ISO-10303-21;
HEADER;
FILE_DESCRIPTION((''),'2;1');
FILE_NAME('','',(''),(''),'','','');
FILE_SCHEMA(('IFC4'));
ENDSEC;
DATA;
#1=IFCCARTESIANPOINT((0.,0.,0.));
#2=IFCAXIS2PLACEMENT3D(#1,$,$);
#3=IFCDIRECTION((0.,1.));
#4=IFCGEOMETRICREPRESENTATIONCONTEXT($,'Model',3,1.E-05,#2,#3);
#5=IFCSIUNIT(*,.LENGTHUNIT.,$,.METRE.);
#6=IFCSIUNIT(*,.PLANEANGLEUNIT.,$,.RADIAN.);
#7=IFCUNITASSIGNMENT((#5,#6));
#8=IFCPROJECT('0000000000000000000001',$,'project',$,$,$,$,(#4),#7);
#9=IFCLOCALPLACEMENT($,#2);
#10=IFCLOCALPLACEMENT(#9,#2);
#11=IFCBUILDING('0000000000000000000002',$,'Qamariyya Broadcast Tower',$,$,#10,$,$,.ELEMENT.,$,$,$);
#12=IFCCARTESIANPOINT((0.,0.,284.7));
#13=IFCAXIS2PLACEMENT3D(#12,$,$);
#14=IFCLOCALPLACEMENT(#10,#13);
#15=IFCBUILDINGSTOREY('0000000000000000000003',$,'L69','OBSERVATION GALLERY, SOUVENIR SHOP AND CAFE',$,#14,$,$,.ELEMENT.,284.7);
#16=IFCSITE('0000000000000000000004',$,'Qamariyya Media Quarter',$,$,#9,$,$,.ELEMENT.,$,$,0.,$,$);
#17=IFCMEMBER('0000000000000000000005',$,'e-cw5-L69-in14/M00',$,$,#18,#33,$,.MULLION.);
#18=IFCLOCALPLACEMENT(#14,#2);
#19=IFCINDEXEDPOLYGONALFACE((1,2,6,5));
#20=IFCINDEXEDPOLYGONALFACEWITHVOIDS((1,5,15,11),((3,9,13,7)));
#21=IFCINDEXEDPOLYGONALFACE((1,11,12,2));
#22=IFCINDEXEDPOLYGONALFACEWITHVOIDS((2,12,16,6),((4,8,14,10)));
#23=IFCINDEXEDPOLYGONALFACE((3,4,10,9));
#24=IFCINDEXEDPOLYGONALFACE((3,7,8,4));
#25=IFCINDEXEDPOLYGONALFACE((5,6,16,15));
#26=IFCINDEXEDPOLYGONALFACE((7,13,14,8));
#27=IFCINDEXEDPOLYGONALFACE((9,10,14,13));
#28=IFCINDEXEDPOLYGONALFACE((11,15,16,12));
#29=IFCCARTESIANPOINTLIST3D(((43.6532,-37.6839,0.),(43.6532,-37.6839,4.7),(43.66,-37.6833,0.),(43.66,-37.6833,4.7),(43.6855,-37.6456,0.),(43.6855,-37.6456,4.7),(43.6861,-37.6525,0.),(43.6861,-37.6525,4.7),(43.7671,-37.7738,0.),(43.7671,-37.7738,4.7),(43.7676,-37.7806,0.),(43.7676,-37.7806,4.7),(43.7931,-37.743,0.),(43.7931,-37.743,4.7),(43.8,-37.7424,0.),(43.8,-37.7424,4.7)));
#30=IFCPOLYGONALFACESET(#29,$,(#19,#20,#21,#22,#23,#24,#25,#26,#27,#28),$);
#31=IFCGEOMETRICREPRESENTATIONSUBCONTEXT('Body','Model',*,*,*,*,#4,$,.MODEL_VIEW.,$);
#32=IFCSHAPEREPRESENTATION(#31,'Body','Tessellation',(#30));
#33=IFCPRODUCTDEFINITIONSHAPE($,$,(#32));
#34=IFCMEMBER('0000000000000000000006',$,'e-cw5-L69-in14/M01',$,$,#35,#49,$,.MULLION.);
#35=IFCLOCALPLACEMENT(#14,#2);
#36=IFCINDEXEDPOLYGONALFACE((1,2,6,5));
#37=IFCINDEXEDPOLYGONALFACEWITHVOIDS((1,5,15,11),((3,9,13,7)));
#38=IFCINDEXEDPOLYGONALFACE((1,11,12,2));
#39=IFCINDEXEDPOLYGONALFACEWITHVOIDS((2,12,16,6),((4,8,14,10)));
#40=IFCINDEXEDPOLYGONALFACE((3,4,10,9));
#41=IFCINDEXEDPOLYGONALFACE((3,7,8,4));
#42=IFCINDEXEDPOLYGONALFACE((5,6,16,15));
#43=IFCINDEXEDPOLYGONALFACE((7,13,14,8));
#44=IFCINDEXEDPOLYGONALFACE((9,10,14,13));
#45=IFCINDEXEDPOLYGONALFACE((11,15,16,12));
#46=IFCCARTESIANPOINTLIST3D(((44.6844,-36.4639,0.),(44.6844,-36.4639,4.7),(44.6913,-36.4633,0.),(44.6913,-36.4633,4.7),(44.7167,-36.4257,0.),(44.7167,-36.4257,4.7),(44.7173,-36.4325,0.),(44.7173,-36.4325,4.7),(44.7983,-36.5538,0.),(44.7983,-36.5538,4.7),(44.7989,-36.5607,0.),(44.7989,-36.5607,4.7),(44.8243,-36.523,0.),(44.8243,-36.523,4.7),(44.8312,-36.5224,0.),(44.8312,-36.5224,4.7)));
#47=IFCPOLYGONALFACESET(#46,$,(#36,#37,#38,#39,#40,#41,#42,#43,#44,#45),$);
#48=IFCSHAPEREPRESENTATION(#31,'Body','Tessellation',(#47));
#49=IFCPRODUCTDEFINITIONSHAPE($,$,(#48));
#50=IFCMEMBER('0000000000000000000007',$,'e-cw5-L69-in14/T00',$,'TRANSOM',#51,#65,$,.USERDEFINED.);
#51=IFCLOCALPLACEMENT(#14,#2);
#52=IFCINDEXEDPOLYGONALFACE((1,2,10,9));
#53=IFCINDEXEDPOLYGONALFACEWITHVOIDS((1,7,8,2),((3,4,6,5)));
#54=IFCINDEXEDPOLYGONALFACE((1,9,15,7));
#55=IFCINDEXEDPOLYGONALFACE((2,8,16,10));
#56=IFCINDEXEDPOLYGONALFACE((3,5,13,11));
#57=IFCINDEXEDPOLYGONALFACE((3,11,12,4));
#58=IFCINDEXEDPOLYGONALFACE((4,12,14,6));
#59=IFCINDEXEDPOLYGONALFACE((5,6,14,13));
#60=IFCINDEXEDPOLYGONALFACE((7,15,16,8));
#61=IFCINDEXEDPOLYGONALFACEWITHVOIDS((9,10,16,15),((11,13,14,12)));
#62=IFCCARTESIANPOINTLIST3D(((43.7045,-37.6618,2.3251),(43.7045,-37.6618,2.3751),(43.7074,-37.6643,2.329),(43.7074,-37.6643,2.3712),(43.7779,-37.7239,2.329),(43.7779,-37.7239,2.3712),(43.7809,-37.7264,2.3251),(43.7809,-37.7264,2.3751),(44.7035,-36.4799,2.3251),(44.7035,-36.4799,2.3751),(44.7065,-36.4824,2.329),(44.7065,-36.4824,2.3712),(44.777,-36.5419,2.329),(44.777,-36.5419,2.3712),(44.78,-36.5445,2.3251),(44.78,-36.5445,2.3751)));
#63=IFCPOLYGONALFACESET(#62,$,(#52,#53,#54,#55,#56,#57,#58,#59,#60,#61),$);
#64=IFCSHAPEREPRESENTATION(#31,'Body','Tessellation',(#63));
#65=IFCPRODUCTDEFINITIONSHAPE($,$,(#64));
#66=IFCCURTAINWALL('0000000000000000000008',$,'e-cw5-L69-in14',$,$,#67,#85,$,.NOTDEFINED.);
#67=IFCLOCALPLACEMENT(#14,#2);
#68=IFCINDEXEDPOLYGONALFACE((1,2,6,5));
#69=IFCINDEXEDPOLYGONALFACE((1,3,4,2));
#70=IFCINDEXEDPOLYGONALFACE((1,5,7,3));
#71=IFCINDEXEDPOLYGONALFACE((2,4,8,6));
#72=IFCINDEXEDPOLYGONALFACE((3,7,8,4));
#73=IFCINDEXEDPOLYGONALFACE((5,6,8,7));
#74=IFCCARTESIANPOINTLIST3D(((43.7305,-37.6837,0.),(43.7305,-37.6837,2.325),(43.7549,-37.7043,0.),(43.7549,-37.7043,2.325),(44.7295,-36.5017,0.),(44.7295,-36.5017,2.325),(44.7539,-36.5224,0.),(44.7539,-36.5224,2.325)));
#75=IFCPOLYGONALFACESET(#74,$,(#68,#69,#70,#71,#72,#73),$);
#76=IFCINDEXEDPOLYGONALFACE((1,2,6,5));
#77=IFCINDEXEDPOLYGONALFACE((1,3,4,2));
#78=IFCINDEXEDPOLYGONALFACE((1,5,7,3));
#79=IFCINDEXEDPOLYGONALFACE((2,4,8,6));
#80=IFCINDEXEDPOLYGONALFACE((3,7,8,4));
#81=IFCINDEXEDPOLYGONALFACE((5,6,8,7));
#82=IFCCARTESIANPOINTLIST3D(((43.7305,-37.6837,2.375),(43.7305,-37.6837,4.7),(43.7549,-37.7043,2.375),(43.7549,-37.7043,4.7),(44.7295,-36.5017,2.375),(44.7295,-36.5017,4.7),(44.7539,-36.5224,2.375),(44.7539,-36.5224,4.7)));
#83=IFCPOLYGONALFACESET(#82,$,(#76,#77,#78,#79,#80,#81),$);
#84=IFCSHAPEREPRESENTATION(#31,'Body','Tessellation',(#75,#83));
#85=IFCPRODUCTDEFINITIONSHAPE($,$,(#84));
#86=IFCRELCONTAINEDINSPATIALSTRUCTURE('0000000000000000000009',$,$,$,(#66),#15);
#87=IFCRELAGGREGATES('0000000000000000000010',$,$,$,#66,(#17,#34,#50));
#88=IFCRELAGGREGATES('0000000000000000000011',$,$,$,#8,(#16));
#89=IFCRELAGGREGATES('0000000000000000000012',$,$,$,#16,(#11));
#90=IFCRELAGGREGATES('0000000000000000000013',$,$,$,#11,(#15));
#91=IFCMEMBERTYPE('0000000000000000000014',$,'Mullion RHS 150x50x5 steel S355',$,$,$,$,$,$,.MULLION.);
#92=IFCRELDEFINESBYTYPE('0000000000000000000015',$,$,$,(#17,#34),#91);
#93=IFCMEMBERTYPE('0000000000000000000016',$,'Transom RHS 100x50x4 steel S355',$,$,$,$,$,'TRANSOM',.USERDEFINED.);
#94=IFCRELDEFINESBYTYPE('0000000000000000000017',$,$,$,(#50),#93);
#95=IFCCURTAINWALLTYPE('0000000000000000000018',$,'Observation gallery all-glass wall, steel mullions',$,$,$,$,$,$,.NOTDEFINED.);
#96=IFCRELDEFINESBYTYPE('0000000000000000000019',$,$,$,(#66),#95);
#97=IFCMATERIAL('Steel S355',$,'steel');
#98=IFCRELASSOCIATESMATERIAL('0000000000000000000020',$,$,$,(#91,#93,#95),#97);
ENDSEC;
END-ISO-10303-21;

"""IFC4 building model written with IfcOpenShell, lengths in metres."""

from ifc_helpers import new_model, si_unit, direction, frame, origin, origin_2d, place, context, subcontext, project, spatial, rectangle, hollow_rectangle, extrude, material, material_profile, profile_set, type_object, element, aggregate, save


model = new_model("IFC4")

# Units and contexts
model_context = context("Model", 3, precision=1e-05, world=origin(), true_north=direction((0.0, 1.0)))
body_context = subcontext(model_context, "Body", "Model", "MODEL_VIEW")
ifc_project = project(units=[si_unit("LENGTHUNIT", "METRE"), si_unit("PLANEANGLEUNIT", "RADIAN")], contexts=[model_context])

# Members
ifc_material = material(Name="Steel S355", Category="steel")
ifc_material_profile_1 = material_profile(ifc_material, hollow_rectangle(XDim=0.1499, YDim=0.05, WallThickness=0.0049, at=origin_2d()))
ifc_profile_set_1 = profile_set([ifc_material_profile_1], Name="Steel S355")
member_type_1 = type_object("IfcMemberType", Name="Mullion RHS 150x50x5 steel S355", PredefinedType="MULLION", material=ifc_profile_set_1)
site_placement = place(None, origin())
building_placement = place(site_placement, origin())
storey_placement = place(building_placement, frame((0.0, 0.0, 284.7)))
member_1_placement = place(storey_placement, frame((43.7266, -37.7131, 0.0), z_axis=(0.0, 0.0, 1.0), x_axis=(-0.76371, 0.64556, 0.0)))
member_1 = element("IfcMember", 1, at=member_1_placement, type_object=member_type_1, Name="e-cw5-L69-in14/M00", PredefinedType="MULLION", context=body_context, shape_type="SweptSolid", body=[
    extrude(hollow_rectangle(XDim=0.1499, YDim=0.05, WallThickness=0.0049, at=origin_2d()), origin(), (0.0, 0.0, 1.0), 4.7),
])
member_2_placement = place(storey_placement, frame((44.7578, -36.4932, 0.0), z_axis=(0.0, 0.0, 1.0), x_axis=(-0.76371, 0.64556, 0.0)))
member_2 = element("IfcMember", 2, at=member_2_placement, type_object=member_type_1, Name="e-cw5-L69-in14/M01", PredefinedType="MULLION", context=body_context, shape_type="SweptSolid", body=[
    extrude(hollow_rectangle(XDim=0.1499, YDim=0.05, WallThickness=0.0049, at=origin_2d()), origin(), (0.0, 0.0, 1.0), 4.7),
])
ifc_material_profile_2 = material_profile(ifc_material, hollow_rectangle(XDim=0.1001, YDim=0.05, WallThickness=0.0039, at=origin_2d()))
ifc_profile_set_2 = profile_set([ifc_material_profile_2], Name="Steel S355")
member_type_2 = type_object("IfcMemberType", Name="Transom RHS 100x50x4 steel S355", ElementType="TRANSOM", PredefinedType="USERDEFINED", material=ifc_profile_set_2)
member_3_placement = place(storey_placement, frame((43.7427, -37.6941, 2.3501), z_axis=(0.645553, 0.763715, 0.0), x_axis=(-0.763715, 0.645553, 0.0)))
member_3 = element("IfcMember", 3, at=member_3_placement, type_object=member_type_2, Name="e-cw5-L69-in14/T00", ObjectType="TRANSOM", PredefinedType="USERDEFINED", context=body_context, shape_type="SweptSolid", body=[
    extrude(hollow_rectangle(XDim=0.1001, YDim=0.05, WallThickness=0.0039, at=origin_2d()), origin(), (0.0, 0.0, 1.0), 1.5476),
])

# Site, building, storey
site = spatial("IfcSite", under=ifc_project, at=site_placement, Name="Qamariyya Media Quarter", CompositionType="ELEMENT", RefElevation=0.0)
building = spatial("IfcBuilding", under=site, at=building_placement, Name="Qamariyya Broadcast Tower", CompositionType="ELEMENT")
storey = spatial("IfcBuildingStorey", under=building, at=storey_placement, Name="L69", Description="OBSERVATION GALLERY, SOUVENIR SHOP AND CAFE", CompositionType="ELEMENT", Elevation=284.7)

# Curtain wall
curtain_wall_type = type_object("IfcCurtainWallType", Name="Observation gallery all-glass wall, steel mullions", PredefinedType="NOTDEFINED", material=ifc_material)
curtain_wall_1_placement = place(storey_placement, origin())
curtain_wall_1 = element("IfcCurtainWall", 4, at=curtain_wall_1_placement, inside=storey, type_object=curtain_wall_type, Name="e-cw5-L69-in14", PredefinedType="NOTDEFINED", context=body_context, shape_type="SweptSolid", body=[
    extrude(rectangle(XDim=1.5476, YDim=0.032, at=origin_2d()), frame((44.2422, -37.103, 0.0), x_axis=(0.645504, 0.763757, 0.0)), (0.0, 0.0, 1.0), 2.325),
    extrude(rectangle(XDim=1.5476, YDim=0.032, at=origin_2d()), frame((44.2422, -37.103, 2.375), x_axis=(0.645504, 0.763757, 0.0)), (0.0, 0.0, 1.0), 2.325),
])
aggregate(curtain_wall_1, [member_1, member_2, member_3])

save(model, "model.ifc")
